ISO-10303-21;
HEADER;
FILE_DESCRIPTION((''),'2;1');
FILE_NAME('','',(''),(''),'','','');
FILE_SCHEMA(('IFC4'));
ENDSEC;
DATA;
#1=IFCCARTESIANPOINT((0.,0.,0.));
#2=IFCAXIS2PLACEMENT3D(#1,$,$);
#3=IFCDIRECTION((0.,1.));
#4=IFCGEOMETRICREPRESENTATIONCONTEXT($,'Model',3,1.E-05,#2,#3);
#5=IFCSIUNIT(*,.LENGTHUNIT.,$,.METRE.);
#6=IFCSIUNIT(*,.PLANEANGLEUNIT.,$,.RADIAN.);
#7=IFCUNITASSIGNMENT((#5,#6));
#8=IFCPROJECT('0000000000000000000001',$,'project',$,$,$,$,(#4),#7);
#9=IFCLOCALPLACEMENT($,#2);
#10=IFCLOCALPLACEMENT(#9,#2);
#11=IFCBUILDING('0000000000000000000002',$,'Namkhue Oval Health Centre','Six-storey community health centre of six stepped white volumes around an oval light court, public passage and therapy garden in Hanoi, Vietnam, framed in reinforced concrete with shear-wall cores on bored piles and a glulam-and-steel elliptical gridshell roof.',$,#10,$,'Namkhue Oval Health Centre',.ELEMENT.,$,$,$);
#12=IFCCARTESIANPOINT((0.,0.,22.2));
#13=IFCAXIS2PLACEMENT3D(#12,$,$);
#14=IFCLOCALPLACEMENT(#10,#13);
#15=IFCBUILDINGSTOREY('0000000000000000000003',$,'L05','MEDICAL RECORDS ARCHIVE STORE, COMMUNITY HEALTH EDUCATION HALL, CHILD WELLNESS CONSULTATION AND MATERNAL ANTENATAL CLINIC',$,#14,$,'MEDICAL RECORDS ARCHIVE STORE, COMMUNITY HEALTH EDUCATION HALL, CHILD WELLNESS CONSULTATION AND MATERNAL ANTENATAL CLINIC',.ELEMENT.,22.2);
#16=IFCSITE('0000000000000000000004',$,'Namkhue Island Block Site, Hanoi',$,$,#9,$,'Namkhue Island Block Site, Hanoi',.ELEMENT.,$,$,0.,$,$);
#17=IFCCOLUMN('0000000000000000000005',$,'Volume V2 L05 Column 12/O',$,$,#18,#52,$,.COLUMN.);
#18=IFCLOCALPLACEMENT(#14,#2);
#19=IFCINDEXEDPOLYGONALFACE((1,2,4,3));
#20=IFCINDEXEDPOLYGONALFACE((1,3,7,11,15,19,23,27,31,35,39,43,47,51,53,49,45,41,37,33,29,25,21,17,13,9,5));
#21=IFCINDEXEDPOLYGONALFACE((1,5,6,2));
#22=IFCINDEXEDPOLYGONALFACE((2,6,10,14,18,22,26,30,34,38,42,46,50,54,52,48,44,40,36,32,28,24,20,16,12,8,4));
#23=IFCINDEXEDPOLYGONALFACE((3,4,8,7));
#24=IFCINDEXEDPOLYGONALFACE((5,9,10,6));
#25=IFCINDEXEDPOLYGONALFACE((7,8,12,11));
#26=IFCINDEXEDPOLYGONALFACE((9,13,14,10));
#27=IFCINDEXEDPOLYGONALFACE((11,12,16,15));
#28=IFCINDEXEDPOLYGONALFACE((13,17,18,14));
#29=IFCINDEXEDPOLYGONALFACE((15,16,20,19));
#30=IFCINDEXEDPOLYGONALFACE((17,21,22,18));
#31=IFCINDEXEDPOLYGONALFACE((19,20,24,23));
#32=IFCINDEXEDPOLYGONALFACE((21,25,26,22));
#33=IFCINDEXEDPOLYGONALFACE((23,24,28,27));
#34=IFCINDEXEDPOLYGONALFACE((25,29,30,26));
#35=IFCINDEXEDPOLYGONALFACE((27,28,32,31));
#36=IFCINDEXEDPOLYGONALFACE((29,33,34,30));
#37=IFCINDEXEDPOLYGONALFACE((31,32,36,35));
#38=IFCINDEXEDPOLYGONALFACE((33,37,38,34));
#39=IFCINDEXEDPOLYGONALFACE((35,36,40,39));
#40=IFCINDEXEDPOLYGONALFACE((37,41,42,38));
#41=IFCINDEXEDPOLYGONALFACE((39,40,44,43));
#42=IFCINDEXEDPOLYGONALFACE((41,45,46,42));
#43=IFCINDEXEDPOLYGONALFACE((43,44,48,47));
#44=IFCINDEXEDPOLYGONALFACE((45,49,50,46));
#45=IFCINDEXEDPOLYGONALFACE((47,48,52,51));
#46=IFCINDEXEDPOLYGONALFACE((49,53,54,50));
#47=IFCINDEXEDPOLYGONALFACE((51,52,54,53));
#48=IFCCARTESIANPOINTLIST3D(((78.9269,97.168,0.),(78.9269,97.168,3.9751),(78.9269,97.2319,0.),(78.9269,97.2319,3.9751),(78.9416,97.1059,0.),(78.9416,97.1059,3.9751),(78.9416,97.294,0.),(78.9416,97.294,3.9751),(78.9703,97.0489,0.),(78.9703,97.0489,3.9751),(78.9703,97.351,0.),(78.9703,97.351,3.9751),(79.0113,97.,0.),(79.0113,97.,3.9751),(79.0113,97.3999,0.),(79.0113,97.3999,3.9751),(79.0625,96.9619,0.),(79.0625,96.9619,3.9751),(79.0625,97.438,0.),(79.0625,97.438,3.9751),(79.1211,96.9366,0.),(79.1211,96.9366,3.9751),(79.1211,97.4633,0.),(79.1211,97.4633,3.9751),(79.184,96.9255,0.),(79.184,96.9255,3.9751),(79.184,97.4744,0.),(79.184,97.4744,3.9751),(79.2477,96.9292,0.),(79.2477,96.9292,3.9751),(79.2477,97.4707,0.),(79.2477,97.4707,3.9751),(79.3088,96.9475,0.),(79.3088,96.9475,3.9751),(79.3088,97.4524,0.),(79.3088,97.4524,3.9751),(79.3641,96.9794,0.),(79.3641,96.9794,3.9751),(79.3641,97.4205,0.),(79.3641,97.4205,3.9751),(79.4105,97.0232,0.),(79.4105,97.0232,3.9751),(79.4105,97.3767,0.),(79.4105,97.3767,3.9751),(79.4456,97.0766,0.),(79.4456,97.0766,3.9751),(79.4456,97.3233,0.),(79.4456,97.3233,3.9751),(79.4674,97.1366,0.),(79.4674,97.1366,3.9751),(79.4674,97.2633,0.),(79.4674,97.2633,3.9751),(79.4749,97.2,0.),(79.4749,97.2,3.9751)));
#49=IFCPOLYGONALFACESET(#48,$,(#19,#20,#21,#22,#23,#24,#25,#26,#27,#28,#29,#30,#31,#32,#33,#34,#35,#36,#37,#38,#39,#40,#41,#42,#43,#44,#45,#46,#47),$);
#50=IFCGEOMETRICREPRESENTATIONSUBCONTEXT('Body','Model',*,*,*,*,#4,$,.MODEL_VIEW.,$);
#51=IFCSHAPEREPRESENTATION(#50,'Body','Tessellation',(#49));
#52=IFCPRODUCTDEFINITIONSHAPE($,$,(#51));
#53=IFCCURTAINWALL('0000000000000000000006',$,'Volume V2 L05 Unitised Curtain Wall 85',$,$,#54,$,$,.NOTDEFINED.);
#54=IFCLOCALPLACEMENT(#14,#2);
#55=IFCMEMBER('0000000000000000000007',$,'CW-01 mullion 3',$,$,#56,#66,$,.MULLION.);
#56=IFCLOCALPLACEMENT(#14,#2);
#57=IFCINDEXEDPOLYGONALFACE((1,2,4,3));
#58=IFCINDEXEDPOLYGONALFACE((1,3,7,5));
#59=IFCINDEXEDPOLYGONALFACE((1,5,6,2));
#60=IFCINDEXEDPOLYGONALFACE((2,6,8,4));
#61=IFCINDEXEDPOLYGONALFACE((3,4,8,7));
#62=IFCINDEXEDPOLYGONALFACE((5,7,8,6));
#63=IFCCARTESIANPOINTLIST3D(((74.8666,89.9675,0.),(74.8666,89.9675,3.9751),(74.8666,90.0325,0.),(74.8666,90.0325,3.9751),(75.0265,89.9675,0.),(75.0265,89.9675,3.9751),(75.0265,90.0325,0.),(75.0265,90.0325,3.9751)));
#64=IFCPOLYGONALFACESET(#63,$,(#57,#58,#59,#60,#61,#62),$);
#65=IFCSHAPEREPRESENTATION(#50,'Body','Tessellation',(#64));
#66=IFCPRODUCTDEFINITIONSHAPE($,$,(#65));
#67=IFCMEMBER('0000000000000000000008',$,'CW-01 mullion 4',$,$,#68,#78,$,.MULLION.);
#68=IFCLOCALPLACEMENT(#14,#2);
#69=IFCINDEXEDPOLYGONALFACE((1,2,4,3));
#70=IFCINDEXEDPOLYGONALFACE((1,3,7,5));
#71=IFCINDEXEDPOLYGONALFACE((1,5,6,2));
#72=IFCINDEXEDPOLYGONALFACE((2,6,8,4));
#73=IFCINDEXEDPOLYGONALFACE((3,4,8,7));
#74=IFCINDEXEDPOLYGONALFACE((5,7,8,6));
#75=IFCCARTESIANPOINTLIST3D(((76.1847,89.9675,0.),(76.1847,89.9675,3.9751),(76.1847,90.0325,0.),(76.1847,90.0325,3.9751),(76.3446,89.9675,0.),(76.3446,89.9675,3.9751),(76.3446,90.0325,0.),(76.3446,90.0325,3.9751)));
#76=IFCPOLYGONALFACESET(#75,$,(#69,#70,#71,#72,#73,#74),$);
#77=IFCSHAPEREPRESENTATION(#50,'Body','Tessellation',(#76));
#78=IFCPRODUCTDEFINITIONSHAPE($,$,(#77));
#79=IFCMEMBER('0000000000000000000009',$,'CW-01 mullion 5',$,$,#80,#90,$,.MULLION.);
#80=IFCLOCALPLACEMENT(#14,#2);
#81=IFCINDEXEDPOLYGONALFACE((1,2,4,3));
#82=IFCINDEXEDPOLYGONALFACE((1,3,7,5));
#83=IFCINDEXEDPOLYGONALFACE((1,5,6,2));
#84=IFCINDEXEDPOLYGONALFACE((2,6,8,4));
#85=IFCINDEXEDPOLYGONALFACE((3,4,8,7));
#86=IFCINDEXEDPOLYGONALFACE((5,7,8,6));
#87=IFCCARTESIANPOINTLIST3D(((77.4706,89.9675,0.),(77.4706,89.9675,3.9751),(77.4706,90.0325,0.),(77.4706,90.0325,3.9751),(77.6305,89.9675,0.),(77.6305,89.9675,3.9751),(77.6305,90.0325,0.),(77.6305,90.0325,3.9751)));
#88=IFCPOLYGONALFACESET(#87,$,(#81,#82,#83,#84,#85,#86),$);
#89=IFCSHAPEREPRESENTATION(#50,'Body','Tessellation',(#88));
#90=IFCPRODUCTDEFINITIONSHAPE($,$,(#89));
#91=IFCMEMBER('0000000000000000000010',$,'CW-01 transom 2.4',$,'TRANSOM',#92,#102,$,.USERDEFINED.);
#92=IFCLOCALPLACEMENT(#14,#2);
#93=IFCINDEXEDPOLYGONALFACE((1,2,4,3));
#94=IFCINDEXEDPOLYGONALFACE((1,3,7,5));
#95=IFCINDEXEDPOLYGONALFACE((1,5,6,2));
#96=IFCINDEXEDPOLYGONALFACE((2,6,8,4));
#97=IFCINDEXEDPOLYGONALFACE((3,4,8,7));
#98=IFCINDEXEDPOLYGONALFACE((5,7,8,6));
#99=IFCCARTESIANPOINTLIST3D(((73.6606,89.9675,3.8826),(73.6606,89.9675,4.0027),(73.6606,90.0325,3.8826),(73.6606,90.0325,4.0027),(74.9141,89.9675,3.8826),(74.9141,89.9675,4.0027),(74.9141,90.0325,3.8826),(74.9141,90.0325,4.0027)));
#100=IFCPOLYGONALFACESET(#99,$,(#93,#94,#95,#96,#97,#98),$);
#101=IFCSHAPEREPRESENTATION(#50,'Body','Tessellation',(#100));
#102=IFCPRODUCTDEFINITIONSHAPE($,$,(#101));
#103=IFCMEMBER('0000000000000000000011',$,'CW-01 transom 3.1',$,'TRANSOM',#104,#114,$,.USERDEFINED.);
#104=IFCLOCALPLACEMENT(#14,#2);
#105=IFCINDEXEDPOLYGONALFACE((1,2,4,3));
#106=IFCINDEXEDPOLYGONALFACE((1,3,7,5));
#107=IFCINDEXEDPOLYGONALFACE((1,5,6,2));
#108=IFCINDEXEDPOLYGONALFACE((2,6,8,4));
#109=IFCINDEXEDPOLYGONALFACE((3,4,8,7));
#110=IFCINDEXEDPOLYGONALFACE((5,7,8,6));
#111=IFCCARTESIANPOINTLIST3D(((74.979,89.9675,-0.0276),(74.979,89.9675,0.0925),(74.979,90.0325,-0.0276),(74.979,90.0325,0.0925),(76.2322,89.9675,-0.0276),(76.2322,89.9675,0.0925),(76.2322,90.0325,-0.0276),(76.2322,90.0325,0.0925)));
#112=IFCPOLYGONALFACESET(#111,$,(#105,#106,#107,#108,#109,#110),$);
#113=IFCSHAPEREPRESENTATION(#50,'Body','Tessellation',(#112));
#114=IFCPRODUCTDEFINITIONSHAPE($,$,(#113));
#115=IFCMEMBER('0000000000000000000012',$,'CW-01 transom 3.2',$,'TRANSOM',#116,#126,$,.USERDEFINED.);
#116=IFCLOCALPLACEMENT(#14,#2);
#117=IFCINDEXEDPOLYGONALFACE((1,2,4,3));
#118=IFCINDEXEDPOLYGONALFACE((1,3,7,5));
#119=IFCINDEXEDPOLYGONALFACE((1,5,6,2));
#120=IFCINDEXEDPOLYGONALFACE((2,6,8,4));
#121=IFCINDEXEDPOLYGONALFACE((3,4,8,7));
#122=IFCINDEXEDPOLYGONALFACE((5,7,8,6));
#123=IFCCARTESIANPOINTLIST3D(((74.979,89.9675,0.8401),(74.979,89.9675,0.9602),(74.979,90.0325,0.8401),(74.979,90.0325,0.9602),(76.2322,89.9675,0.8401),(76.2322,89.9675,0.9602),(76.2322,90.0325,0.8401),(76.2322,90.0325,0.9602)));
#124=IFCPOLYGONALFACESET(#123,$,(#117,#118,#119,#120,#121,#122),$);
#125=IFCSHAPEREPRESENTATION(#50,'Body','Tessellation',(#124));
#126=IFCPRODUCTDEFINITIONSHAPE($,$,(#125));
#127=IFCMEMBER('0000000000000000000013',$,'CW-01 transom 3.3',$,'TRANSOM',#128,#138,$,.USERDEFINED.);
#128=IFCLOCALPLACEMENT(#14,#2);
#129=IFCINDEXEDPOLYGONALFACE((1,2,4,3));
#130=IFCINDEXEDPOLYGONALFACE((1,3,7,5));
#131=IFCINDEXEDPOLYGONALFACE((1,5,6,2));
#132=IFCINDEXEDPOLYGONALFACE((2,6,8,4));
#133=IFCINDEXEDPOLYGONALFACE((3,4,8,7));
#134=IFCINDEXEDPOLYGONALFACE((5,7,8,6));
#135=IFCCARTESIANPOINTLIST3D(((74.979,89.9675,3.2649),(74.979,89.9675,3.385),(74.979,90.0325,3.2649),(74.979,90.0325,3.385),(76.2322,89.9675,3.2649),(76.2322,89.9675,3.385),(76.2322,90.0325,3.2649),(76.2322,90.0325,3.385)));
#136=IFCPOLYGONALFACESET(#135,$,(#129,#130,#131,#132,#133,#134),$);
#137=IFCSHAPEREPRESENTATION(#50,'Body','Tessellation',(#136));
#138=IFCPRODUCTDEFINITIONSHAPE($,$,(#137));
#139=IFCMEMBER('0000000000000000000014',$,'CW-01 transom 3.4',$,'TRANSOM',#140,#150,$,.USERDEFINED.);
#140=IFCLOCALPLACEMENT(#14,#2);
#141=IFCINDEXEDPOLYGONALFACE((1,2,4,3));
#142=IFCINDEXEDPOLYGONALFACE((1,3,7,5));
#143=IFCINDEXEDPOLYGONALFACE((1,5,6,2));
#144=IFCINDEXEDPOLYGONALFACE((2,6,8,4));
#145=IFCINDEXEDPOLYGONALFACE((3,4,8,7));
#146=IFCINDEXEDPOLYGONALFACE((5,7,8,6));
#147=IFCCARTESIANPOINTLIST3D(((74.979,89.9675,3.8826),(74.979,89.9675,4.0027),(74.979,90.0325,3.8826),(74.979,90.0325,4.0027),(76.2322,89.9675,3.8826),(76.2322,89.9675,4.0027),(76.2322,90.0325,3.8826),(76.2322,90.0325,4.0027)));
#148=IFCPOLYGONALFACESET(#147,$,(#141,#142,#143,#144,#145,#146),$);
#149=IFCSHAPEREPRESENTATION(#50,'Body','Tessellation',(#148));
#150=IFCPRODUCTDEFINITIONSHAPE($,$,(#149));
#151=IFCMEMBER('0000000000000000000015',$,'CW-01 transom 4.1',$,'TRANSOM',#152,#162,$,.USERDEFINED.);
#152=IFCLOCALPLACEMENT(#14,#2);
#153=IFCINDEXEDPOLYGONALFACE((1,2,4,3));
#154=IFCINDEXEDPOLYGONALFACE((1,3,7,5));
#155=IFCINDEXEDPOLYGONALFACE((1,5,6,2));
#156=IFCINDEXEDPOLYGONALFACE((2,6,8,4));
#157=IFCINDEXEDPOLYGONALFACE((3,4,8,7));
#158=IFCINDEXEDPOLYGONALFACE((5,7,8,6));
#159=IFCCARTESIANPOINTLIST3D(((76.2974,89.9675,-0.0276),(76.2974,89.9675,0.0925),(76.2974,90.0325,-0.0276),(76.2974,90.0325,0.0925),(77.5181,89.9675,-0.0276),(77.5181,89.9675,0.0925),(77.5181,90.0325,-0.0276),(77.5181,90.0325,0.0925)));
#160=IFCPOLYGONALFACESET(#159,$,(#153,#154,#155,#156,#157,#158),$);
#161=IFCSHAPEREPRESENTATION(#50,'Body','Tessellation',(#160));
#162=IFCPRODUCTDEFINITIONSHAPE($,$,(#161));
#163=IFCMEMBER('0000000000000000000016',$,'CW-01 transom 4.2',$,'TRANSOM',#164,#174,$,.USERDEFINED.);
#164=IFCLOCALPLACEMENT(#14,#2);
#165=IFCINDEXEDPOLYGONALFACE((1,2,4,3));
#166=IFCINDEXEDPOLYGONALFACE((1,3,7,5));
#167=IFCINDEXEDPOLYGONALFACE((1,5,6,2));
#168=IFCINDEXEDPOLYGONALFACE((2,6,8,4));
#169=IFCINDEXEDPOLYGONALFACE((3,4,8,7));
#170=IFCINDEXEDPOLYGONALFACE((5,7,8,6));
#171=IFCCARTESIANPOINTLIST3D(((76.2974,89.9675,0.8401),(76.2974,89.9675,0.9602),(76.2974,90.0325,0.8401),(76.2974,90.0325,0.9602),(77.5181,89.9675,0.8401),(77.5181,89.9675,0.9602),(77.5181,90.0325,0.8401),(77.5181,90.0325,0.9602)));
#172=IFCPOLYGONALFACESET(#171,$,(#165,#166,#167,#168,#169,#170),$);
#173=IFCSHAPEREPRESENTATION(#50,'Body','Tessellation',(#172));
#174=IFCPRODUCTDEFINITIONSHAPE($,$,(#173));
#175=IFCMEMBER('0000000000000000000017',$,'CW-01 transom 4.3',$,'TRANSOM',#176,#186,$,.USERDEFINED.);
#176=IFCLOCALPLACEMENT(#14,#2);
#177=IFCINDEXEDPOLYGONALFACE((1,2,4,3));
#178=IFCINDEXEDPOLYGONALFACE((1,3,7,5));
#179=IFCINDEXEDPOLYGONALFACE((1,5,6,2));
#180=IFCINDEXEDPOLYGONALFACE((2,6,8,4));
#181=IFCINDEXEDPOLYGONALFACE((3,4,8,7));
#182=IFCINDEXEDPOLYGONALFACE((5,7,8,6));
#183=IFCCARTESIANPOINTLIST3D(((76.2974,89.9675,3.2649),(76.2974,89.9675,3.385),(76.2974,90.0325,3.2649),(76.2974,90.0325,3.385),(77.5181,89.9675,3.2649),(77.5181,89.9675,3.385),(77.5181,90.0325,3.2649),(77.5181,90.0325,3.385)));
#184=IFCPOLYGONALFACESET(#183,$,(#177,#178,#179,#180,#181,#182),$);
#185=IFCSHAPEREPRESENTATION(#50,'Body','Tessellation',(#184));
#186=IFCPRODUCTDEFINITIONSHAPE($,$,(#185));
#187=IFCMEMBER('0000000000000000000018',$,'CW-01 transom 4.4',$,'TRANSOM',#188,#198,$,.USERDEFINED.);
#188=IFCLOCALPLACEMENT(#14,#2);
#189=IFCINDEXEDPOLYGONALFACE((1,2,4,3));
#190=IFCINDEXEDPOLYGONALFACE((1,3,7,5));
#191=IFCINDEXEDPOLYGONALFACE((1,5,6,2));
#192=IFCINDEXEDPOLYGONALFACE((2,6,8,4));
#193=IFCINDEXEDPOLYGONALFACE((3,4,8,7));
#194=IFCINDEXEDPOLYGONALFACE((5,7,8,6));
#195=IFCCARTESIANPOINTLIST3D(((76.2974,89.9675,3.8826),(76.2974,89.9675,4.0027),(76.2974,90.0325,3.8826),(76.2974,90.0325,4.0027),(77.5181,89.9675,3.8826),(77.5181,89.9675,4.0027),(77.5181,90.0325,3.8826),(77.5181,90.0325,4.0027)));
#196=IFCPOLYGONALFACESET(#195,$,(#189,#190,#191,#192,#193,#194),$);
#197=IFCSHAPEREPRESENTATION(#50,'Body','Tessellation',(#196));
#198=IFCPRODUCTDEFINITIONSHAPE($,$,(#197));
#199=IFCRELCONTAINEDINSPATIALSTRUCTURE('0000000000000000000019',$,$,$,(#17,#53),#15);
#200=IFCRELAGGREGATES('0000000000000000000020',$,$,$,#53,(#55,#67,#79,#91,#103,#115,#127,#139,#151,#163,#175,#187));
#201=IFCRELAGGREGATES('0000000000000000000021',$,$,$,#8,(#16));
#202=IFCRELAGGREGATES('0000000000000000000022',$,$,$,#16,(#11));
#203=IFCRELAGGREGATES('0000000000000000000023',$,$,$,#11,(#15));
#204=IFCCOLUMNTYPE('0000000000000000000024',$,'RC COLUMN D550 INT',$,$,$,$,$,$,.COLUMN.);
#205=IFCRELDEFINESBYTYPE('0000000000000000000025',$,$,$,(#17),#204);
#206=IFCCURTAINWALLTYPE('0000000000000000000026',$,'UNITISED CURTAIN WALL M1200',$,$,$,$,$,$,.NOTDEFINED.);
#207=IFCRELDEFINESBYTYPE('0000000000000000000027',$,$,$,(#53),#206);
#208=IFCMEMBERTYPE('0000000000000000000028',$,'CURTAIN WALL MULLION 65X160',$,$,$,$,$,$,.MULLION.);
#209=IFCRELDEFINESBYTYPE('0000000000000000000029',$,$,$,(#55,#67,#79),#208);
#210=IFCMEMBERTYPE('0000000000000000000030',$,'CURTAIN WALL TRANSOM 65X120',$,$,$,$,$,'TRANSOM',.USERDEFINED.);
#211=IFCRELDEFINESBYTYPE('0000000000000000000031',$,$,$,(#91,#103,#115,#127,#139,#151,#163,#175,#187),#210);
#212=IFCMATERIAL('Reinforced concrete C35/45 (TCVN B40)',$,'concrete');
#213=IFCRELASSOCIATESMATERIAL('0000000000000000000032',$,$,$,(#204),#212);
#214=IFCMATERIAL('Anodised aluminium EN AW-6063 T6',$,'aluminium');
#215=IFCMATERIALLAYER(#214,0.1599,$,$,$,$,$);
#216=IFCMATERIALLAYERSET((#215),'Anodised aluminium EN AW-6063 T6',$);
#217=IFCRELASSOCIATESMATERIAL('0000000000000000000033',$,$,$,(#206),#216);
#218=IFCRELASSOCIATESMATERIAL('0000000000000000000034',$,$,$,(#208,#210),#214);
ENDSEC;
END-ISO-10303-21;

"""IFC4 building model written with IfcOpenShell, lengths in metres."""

from ifc_helpers import new_model, si_unit, direction, frame, origin, origin_2d, place, context, subcontext, project, spatial, rectangle, circle, extrude, material, layer, layer_set, material_profile, profile_set, type_object, element, aggregate, save


model = new_model("IFC4")

# Units and contexts
model_context = context("Model", 3, precision=1e-05, world=origin(), true_north=direction((0.0, 1.0)))
body_context = subcontext(model_context, "Body", "Model", "MODEL_VIEW")
ifc_project = project(units=[si_unit("LENGTHUNIT", "METRE"), si_unit("PLANEANGLEUNIT", "RADIAN")], contexts=[model_context])

# Site, building, storey
site_placement = place(None, origin())
site = spatial("IfcSite", under=ifc_project, at=site_placement, Name="Namkhue Island Block Site, Hanoi", LongName="Namkhue Island Block Site, Hanoi", CompositionType="ELEMENT", RefElevation=0.0)
building_placement = place(site_placement, origin())
building = spatial("IfcBuilding", under=site, at=building_placement, Name="Namkhue Oval Health Centre", Description="Six-storey community health centre of six stepped white volumes around an oval light court, public passage and therapy garden in Hanoi, Vietnam, framed in reinforced concrete with shear-wall cores on bored piles and a glulam-and-steel elliptical gridshell roof.", LongName="Namkhue Oval Health Centre", CompositionType="ELEMENT")
storey_placement = place(building_placement, frame((0.0, 0.0, 22.2)))
storey = spatial("IfcBuildingStorey", under=building, at=storey_placement, Name="L05", Description="MEDICAL RECORDS ARCHIVE STORE, COMMUNITY HEALTH EDUCATION HALL, CHILD WELLNESS CONSULTATION AND MATERNAL ANTENATAL CLINIC", LongName="MEDICAL RECORDS ARCHIVE STORE, COMMUNITY HEALTH EDUCATION HALL, CHILD WELLNESS CONSULTATION AND MATERNAL ANTENATAL CLINIC", CompositionType="ELEMENT", Elevation=22.2)

# Column
ifc_material_1 = material(Name="Reinforced concrete C35/45 (TCVN B40)", Category="concrete")
ifc_material_profile_1 = material_profile(ifc_material_1, circle(Radius=0.2749, at=origin_2d()), Name="RC D550")
ifc_profile_set_1 = profile_set([ifc_material_profile_1], Name="Reinforced concrete C35/45 (TCVN B40)")
column_type = type_object("IfcColumnType", Name="RC COLUMN D550 INT", PredefinedType="COLUMN", material=ifc_profile_set_1)
column_placement = place(storey_placement, frame((79.2, 97.2, 0.0), z_axis=(0.0, 0.0, 1.0), x_axis=(1.0, 0.0, 0.0)))
element("IfcColumn", 1, at=column_placement, inside=storey, type_object=column_type, Name="Volume V2 L05 Column 12/O", PredefinedType="COLUMN", context=body_context, shape_type="SweptSolid", body=[
    extrude(circle(Radius=0.2749, at=origin_2d()), origin(), (0.0, 0.0, 1.0), 3.9751),
])

# Curtain wall, members
ifc_material_2 = material(Name="Anodised aluminium EN AW-6063 T6", Category="aluminium")
ifc_layer_1 = layer(ifc_material_2, 0.1599)
ifc_layer_set_1 = layer_set([ifc_layer_1], Name="Anodised aluminium EN AW-6063 T6")
curtain_wall_type = type_object("IfcCurtainWallType", Name="UNITISED CURTAIN WALL M1200", PredefinedType="NOTDEFINED", material=ifc_layer_set_1)
curtain_wall_placement = place(storey_placement, origin())
curtain_wall = element("IfcCurtainWall", 2, at=curtain_wall_placement, inside=storey, type_object=curtain_wall_type, Name="Volume V2 L05 Unitised Curtain Wall 85", PredefinedType="NOTDEFINED")
ifc_material_profile_2 = material_profile(ifc_material_2, rectangle(XDim=0.0649, YDim=0.1599, at=origin_2d()), Name="ALU 65x160")
ifc_profile_set_2 = profile_set([ifc_material_profile_2], Name="Anodised aluminium EN AW-6063 T6")
member_type_1 = type_object("IfcMemberType", Name="CURTAIN WALL MULLION 65X160", PredefinedType="MULLION", material=ifc_profile_set_2)
member_1_placement = place(storey_placement, frame((74.9465, 90.0, 0.0), z_axis=(0.0, 0.0, 1.0), x_axis=(0.0, 1.0, 0.0)))
member_1 = element("IfcMember", 3, at=member_1_placement, type_object=member_type_1, Name="CW-01 mullion 3", PredefinedType="MULLION", context=body_context, shape_type="SweptSolid", body=[
    extrude(rectangle(XDim=0.0649, YDim=0.1599, at=origin_2d()), origin(), (0.0, 0.0, 1.0), 3.9751),
])
member_2_placement = place(storey_placement, frame((76.2646, 90.0, 0.0), z_axis=(0.0, 0.0, 1.0), x_axis=(0.0, 1.0, 0.0)))
member_2 = element("IfcMember", 4, at=member_2_placement, type_object=member_type_1, Name="CW-01 mullion 4", PredefinedType="MULLION", context=body_context, shape_type="SweptSolid", body=[
    extrude(rectangle(XDim=0.0649, YDim=0.1599, at=origin_2d()), origin(), (0.0, 0.0, 1.0), 3.9751),
])
member_3_placement = place(storey_placement, frame((77.5505, 90.0, 0.0), z_axis=(0.0, 0.0, 1.0), x_axis=(0.0, 1.0, 0.0)))
member_3 = element("IfcMember", 5, at=member_3_placement, type_object=member_type_1, Name="CW-01 mullion 5", PredefinedType="MULLION", context=body_context, shape_type="SweptSolid", body=[
    extrude(rectangle(XDim=0.0649, YDim=0.1599, at=origin_2d()), origin(), (0.0, 0.0, 1.0), 3.9751),
])
ifc_material_profile_3 = material_profile(ifc_material_2, rectangle(XDim=0.0649, YDim=0.1201, at=origin_2d()), Name="ALU 65x120")
ifc_profile_set_3 = profile_set([ifc_material_profile_3], Name="Anodised aluminium EN AW-6063 T6")
member_type_2 = type_object("IfcMemberType", Name="CURTAIN WALL TRANSOM 65X120", ElementType="TRANSOM", PredefinedType="USERDEFINED", material=ifc_profile_set_3)
member_4_placement = place(storey_placement, frame((73.6606, 90.0, 3.9426), z_axis=(1.0, 0.0, 0.0), x_axis=(0.0, 1.0, 0.0)))
member_4 = element("IfcMember", 6, at=member_4_placement, type_object=member_type_2, Name="CW-01 transom 2.4", ObjectType="TRANSOM", PredefinedType="USERDEFINED", context=body_context, shape_type="SweptSolid", body=[
    extrude(rectangle(XDim=0.0649, YDim=0.1201, at=origin_2d()), origin(), (0.0, 0.0, 1.0), 1.2534),
])
member_5_placement = place(storey_placement, frame((74.979, 90.0, 0.0325), z_axis=(1.0, 0.0, 0.0), x_axis=(0.0, 1.0, 0.0)))
member_5 = element("IfcMember", 7, at=member_5_placement, type_object=member_type_2, Name="CW-01 transom 3.1", ObjectType="TRANSOM", PredefinedType="USERDEFINED", context=body_context, shape_type="SweptSolid", body=[
    extrude(rectangle(XDim=0.0649, YDim=0.1201, at=origin_2d()), origin(), (0.0, 0.0, 1.0), 1.2532),
])
member_6_placement = place(storey_placement, frame((74.979, 90.0, 0.9001), z_axis=(1.0, 0.0, 0.0), x_axis=(0.0, 1.0, 0.0)))
member_6 = element("IfcMember", 8, at=member_6_placement, type_object=member_type_2, Name="CW-01 transom 3.2", ObjectType="TRANSOM", PredefinedType="USERDEFINED", context=body_context, shape_type="SweptSolid", body=[
    extrude(rectangle(XDim=0.0649, YDim=0.1201, at=origin_2d()), origin(), (0.0, 0.0, 1.0), 1.2532),
])
member_7_placement = place(storey_placement, frame((74.979, 90.0, 3.325), z_axis=(1.0, 0.0, 0.0), x_axis=(0.0, 1.0, 0.0)))
member_7 = element("IfcMember", 9, at=member_7_placement, type_object=member_type_2, Name="CW-01 transom 3.3", ObjectType="TRANSOM", PredefinedType="USERDEFINED", context=body_context, shape_type="SweptSolid", body=[
    extrude(rectangle(XDim=0.0649, YDim=0.1201, at=origin_2d()), origin(), (0.0, 0.0, 1.0), 1.2532),
])
member_8_placement = place(storey_placement, frame((74.979, 90.0, 3.9426), z_axis=(1.0, 0.0, 0.0), x_axis=(0.0, 1.0, 0.0)))
member_8 = element("IfcMember", 10, at=member_8_placement, type_object=member_type_2, Name="CW-01 transom 3.4", ObjectType="TRANSOM", PredefinedType="USERDEFINED", context=body_context, shape_type="SweptSolid", body=[
    extrude(rectangle(XDim=0.0649, YDim=0.1201, at=origin_2d()), origin(), (0.0, 0.0, 1.0), 1.2532),
])
member_9_placement = place(storey_placement, frame((76.2974, 90.0, 0.0325), z_axis=(1.0, 0.0, 0.0), x_axis=(0.0, 1.0, 0.0)))
member_9 = element("IfcMember", 11, at=member_9_placement, type_object=member_type_2, Name="CW-01 transom 4.1", ObjectType="TRANSOM", PredefinedType="USERDEFINED", context=body_context, shape_type="SweptSolid", body=[
    extrude(rectangle(XDim=0.0649, YDim=0.1201, at=origin_2d()), origin(), (0.0, 0.0, 1.0), 1.2207),
])
member_10_placement = place(storey_placement, frame((76.2974, 90.0, 0.9001), z_axis=(1.0, 0.0, 0.0), x_axis=(0.0, 1.0, 0.0)))
member_10 = element("IfcMember", 12, at=member_10_placement, type_object=member_type_2, Name="CW-01 transom 4.2", ObjectType="TRANSOM", PredefinedType="USERDEFINED", context=body_context, shape_type="SweptSolid", body=[
    extrude(rectangle(XDim=0.0649, YDim=0.1201, at=origin_2d()), origin(), (0.0, 0.0, 1.0), 1.2207),
])
member_11_placement = place(storey_placement, frame((76.2974, 90.0, 3.325), z_axis=(1.0, 0.0, 0.0), x_axis=(0.0, 1.0, 0.0)))
member_11 = element("IfcMember", 13, at=member_11_placement, type_object=member_type_2, Name="CW-01 transom 4.3", ObjectType="TRANSOM", PredefinedType="USERDEFINED", context=body_context, shape_type="SweptSolid", body=[
    extrude(rectangle(XDim=0.0649, YDim=0.1201, at=origin_2d()), origin(), (0.0, 0.0, 1.0), 1.2207),
])
member_12_placement = place(storey_placement, frame((76.2974, 90.0, 3.9426), z_axis=(1.0, 0.0, 0.0), x_axis=(0.0, 1.0, 0.0)))
member_12 = element("IfcMember", 14, at=member_12_placement, type_object=member_type_2, Name="CW-01 transom 4.4", ObjectType="TRANSOM", PredefinedType="USERDEFINED", context=body_context, shape_type="SweptSolid", body=[
    extrude(rectangle(XDim=0.0649, YDim=0.1201, at=origin_2d()), origin(), (0.0, 0.0, 1.0), 1.2207),
])

aggregate(curtain_wall, [member_1, member_2, member_3, member_4, member_5, member_6, member_7, member_8, member_9, member_10, member_11, member_12])

save(model, "model.ifc")
